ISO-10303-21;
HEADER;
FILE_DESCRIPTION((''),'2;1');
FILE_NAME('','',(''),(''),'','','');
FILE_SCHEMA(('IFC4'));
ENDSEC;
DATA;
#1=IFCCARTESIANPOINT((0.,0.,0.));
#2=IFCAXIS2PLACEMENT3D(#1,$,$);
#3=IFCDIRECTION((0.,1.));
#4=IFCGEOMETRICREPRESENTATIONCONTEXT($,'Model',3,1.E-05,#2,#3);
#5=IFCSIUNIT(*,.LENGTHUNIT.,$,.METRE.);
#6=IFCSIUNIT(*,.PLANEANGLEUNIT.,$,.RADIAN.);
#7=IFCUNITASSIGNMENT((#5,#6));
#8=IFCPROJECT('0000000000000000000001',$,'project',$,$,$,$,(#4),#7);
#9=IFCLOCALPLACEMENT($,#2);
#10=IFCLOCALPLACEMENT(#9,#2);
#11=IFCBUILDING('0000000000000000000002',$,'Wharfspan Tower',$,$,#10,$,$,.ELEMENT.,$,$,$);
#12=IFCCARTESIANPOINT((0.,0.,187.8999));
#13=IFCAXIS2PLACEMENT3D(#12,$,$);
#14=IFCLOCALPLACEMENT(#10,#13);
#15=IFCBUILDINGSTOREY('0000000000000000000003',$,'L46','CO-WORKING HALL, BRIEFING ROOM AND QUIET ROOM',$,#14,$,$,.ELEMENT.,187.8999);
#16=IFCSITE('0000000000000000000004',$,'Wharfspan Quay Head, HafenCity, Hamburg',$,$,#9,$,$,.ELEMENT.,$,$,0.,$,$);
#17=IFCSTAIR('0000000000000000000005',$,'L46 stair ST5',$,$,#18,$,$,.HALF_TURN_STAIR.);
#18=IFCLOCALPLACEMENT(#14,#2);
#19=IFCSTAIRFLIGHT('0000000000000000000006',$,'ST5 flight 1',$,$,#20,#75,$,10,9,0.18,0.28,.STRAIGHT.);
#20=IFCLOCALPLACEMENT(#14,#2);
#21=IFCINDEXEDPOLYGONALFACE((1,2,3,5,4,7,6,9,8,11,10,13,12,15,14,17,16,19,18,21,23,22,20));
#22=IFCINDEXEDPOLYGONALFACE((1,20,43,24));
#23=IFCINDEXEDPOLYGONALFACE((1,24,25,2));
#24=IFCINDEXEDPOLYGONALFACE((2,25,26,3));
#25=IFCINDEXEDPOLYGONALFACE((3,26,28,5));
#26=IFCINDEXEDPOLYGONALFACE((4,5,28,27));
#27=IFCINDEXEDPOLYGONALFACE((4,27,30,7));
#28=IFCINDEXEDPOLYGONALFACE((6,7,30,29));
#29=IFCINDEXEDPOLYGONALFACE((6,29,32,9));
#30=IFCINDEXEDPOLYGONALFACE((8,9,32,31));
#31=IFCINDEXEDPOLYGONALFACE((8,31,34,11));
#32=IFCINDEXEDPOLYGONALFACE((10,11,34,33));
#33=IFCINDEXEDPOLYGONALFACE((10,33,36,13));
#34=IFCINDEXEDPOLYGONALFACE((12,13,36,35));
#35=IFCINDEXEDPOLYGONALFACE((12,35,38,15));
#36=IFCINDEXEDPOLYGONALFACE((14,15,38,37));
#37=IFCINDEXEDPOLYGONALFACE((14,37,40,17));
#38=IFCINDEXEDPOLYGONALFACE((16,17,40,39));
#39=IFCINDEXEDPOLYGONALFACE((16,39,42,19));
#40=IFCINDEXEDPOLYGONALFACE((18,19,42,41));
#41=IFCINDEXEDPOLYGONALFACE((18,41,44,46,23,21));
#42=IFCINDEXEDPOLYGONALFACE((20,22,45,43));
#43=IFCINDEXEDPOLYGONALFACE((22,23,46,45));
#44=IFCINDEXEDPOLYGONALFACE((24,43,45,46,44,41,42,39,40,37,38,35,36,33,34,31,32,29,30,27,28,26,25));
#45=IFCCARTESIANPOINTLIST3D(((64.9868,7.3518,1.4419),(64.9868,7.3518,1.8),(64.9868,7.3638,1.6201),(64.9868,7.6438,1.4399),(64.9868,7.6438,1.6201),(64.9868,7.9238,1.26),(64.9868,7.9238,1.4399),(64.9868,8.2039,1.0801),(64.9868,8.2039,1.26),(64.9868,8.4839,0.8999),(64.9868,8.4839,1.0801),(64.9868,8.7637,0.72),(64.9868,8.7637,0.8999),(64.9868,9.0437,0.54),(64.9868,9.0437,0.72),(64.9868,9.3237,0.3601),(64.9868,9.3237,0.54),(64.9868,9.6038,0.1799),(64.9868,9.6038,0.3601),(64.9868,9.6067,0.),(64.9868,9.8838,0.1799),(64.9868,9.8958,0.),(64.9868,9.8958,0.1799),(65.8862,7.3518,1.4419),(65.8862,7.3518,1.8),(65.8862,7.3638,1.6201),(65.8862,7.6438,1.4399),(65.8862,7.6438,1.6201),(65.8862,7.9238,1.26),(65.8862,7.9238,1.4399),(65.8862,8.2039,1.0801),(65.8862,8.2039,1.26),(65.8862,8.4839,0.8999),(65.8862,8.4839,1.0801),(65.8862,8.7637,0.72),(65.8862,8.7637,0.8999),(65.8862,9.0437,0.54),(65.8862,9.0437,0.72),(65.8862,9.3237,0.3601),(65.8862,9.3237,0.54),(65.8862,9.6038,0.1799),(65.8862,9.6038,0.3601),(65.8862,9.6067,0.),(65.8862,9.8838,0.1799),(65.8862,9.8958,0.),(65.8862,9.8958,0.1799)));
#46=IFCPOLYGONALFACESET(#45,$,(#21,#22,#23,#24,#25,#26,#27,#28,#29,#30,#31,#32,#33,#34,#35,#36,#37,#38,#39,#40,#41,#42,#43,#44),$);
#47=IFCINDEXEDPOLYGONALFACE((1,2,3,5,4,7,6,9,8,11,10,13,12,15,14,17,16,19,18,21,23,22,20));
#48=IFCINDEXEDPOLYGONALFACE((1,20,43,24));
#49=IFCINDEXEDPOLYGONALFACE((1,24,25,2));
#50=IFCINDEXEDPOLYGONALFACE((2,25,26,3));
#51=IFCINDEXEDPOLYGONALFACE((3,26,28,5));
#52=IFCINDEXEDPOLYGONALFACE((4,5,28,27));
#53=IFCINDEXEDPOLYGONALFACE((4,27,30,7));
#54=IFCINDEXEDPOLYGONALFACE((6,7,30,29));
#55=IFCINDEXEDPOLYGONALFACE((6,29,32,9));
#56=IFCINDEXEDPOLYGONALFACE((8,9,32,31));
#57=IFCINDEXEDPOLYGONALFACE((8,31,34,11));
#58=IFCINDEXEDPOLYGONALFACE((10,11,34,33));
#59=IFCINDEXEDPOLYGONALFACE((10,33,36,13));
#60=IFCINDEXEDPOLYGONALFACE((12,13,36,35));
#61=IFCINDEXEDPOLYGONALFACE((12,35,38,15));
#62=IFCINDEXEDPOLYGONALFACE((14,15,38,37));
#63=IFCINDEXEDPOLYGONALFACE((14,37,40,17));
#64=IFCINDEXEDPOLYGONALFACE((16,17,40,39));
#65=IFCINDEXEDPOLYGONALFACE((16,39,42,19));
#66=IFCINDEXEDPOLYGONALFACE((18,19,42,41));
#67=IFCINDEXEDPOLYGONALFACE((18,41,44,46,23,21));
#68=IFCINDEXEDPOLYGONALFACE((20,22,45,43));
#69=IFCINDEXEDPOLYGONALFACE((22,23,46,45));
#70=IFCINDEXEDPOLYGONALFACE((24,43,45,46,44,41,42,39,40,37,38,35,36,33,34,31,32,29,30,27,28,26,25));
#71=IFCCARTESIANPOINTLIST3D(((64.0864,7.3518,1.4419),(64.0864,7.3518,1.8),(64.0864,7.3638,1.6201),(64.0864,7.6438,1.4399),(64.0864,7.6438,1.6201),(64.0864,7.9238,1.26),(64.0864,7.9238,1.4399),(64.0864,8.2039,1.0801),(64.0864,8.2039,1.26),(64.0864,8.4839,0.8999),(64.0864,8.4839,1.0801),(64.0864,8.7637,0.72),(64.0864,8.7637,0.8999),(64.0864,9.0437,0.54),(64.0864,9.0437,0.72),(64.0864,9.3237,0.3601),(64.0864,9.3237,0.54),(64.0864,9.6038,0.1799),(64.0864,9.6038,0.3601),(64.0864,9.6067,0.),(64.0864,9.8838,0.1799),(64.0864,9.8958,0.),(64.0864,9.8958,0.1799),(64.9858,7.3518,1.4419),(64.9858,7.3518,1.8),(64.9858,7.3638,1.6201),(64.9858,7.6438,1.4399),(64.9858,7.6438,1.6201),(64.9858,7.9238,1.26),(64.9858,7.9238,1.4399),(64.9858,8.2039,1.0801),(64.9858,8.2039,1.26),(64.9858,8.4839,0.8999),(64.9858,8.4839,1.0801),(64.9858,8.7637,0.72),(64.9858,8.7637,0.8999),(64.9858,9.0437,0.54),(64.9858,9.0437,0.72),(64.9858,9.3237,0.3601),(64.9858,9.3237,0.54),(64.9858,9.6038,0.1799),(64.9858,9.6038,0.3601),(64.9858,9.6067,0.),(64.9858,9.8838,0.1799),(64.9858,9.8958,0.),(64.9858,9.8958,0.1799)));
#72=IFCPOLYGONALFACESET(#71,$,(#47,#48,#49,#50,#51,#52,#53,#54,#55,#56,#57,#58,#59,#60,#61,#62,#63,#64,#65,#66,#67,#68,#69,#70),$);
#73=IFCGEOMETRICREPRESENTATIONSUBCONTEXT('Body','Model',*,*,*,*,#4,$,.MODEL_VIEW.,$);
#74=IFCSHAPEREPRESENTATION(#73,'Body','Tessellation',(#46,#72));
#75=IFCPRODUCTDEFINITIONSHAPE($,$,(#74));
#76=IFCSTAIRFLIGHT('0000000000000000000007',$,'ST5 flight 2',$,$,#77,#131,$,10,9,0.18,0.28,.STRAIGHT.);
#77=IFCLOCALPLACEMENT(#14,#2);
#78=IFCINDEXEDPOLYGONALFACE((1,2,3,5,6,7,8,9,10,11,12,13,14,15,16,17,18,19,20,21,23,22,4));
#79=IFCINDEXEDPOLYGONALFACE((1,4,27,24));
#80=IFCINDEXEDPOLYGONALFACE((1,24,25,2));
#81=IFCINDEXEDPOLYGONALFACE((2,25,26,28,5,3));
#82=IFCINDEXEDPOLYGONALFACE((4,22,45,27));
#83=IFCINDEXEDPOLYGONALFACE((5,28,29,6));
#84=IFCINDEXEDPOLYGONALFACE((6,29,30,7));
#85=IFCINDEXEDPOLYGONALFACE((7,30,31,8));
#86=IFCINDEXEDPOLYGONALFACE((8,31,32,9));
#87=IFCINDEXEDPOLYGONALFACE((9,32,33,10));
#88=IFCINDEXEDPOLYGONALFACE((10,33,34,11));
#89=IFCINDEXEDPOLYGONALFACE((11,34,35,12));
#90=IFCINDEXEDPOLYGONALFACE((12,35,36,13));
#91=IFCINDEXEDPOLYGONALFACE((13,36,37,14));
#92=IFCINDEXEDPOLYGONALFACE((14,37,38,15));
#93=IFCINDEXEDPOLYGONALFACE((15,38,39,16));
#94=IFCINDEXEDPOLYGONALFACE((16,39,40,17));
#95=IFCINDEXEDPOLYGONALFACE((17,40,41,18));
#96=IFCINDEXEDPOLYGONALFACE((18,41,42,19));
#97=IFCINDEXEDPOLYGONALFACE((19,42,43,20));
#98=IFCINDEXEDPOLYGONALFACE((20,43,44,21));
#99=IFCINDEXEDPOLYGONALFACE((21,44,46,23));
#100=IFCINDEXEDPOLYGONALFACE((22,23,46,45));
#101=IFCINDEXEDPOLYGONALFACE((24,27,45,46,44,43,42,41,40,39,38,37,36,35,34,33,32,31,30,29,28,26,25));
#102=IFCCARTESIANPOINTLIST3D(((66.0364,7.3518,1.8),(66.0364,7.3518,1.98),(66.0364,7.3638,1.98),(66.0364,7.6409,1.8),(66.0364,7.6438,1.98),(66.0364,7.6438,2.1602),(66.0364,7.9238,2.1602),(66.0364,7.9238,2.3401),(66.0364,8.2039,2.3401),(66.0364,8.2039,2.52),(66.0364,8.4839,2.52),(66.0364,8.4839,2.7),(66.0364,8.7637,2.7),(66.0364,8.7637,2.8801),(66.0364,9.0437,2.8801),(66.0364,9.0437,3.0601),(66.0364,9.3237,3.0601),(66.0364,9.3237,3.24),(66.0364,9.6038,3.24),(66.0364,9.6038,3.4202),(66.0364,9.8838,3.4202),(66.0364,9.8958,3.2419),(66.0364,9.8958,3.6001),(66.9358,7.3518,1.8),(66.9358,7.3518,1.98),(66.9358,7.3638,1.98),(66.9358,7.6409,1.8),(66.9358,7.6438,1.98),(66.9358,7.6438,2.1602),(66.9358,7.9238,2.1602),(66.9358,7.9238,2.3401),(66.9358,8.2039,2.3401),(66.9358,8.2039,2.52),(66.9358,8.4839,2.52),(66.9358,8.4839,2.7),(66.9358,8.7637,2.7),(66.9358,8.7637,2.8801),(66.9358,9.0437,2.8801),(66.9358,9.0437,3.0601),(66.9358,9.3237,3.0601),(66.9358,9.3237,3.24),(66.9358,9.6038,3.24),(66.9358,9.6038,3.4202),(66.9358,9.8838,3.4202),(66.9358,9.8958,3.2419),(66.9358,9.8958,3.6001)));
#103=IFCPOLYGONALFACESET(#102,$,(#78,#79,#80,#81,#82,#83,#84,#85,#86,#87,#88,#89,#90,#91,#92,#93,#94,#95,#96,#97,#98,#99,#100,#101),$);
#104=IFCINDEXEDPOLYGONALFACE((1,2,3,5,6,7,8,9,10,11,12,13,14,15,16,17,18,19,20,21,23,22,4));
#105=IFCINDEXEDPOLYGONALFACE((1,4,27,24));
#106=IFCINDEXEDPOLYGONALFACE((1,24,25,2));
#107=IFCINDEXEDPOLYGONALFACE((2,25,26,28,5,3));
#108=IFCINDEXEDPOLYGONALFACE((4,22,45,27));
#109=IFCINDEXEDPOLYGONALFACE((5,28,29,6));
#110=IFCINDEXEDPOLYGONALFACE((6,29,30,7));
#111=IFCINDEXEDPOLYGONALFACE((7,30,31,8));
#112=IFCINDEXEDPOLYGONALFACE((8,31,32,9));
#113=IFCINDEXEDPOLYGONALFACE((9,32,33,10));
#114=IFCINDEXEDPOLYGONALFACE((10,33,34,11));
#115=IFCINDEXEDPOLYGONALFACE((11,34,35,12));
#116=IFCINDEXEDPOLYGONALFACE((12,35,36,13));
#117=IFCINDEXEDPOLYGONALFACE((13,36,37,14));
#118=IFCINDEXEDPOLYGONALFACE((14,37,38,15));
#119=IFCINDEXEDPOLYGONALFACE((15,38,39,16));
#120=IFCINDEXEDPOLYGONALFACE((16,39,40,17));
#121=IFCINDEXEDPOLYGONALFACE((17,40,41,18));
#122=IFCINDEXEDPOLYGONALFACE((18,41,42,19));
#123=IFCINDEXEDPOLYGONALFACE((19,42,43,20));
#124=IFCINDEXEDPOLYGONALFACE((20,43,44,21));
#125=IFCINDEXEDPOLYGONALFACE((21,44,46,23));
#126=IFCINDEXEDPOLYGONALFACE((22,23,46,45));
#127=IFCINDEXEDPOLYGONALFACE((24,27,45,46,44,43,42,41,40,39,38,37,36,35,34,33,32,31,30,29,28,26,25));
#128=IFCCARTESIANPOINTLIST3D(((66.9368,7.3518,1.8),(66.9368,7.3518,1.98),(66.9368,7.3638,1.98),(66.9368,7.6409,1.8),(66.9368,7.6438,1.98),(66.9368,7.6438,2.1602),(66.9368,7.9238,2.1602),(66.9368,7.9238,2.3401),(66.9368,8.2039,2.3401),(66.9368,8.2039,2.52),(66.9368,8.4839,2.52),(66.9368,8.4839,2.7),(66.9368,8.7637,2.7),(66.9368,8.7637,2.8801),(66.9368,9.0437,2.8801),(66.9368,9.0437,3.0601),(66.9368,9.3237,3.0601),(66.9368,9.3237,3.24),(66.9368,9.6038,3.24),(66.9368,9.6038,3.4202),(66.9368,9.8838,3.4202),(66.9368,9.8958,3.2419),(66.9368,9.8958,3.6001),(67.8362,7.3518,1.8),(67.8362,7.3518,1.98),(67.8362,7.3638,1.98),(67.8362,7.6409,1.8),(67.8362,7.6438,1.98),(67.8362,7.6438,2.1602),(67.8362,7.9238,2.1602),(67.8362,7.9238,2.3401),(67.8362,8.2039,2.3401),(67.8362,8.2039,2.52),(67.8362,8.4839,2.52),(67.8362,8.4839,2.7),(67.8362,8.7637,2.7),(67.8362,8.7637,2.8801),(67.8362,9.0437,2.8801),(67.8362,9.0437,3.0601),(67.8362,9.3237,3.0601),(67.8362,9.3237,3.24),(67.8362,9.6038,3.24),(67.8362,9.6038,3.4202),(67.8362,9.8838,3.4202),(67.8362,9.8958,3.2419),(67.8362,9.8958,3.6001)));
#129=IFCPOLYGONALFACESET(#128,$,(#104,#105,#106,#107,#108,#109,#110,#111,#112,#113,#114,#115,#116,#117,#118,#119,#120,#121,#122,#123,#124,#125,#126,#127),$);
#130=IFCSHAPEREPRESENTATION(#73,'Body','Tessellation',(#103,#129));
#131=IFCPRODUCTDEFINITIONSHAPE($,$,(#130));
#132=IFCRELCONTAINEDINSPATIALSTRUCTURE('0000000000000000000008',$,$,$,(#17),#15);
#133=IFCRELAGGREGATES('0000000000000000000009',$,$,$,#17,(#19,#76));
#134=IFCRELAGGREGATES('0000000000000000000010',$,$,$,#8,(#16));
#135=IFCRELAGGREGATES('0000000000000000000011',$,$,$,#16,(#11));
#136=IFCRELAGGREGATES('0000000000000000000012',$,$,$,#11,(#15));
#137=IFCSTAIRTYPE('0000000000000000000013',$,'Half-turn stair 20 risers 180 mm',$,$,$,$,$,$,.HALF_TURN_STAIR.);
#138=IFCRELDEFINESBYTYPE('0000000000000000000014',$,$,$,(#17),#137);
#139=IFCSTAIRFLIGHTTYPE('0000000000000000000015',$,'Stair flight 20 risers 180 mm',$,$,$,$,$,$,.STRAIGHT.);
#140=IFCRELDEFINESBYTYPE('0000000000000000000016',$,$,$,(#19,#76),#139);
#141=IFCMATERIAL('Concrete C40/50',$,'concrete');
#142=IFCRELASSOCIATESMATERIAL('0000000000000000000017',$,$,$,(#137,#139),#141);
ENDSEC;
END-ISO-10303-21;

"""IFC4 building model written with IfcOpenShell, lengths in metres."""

from ifc_helpers import new_model, si_unit, direction, frame, origin, place, context, subcontext, project, spatial, polyline, outline, extrude, material, type_object, element, aggregate, save


model = new_model("IFC4")

# Units and contexts
model_context = context("Model", 3, precision=1e-05, world=origin(), true_north=direction((0.0, 1.0)))
body_context = subcontext(model_context, "Body", "Model", "MODEL_VIEW")
ifc_project = project(units=[si_unit("LENGTHUNIT", "METRE"), si_unit("PLANEANGLEUNIT", "RADIAN")], contexts=[model_context])

# Site, building, storey
site_placement = place(None, origin())
site = spatial("IfcSite", under=ifc_project, at=site_placement, Name="Wharfspan Quay Head, HafenCity, Hamburg", CompositionType="ELEMENT", RefElevation=0.0)
building_placement = place(site_placement, origin())
building = spatial("IfcBuilding", under=site, at=building_placement, Name="Wharfspan Tower", CompositionType="ELEMENT")
storey_placement = place(building_placement, frame((0.0, 0.0, 187.8999)))
storey = spatial("IfcBuildingStorey", under=building, at=storey_placement, Name="L46", Description="CO-WORKING HALL, BRIEFING ROOM AND QUIET ROOM", CompositionType="ELEMENT", Elevation=187.8999)

# Shared definitions
ifc_material_1 = material(Name="Concrete C40/50", Category="concrete")

# Stair, stair flights
stair_type = type_object("IfcStairType", Name="Half-turn stair 20 risers 180 mm", PredefinedType="HALF_TURN_STAIR", material=ifc_material_1)
stair_placement = place(storey_placement, origin())
stair = element("IfcStair", 1, at=stair_placement, inside=storey, type_object=stair_type, Name="L46 stair ST5", PredefinedType="HALF_TURN_STAIR")
stair_flight_type = type_object("IfcStairFlightType", Name="Stair flight 20 risers 180 mm", PredefinedType="STRAIGHT", material=ifc_material_1)
stair_flight_1_placement = place(storey_placement, frame((64.9863, 9.8838, 0.0), z_axis=(0.0, 0.0, 1.0), x_axis=(0.0, -1.0, 0.0)))
stair_flight_1 = element("IfcStairFlight", 2, at=stair_flight_1_placement, type_object=stair_flight_type, Name="ST5 flight 1", NumberOfRisers=10, NumberOfTreads=9, PredefinedType="STRAIGHT", RiserHeight=0.18, TreadLength=0.28, context=body_context, shape_type="SweptSolid", body=[
    extrude(outline(polyline([(-0.012, 0.0), (-0.012, 0.1799), (0.0, 0.1799), (0.28, 0.1799), (0.28, 0.3601), (0.5601, 0.3601), (0.5601, 0.54), (0.8401, 0.54), (0.8401, 0.72), (1.1201, 0.72), (1.1201, 0.8999), (1.3999, 0.8999), (1.3999, 1.0801), (1.6799, 1.0801), (1.6799, 1.26), (1.96, 1.26), (1.96, 1.4399), (2.24, 1.4399), (2.24, 1.6201), (2.52, 1.6201), (2.532, 1.8), (2.532, 1.4419), (0.2771, 0.0), (-0.012, 0.0)])), frame((0.0, 0.8999, 0.0), z_axis=(0.0, -1.0, 0.0), x_axis=(1.0, 0.0, 0.0)), (0.0, 0.0, 1.0), 0.8994),
    extrude(outline(polyline([(-0.012, 0.0), (-0.012, 0.1799), (0.0, 0.1799), (0.28, 0.1799), (0.28, 0.3601), (0.5601, 0.3601), (0.5601, 0.54), (0.8401, 0.54), (0.8401, 0.72), (1.1201, 0.72), (1.1201, 0.8999), (1.3999, 0.8999), (1.3999, 1.0801), (1.6799, 1.0801), (1.6799, 1.26), (1.96, 1.26), (1.96, 1.4399), (2.24, 1.4399), (2.24, 1.6201), (2.52, 1.6201), (2.532, 1.8), (2.532, 1.4419), (0.2771, 0.0), (-0.012, 0.0)])), frame((0.0, -0.0005, 0.0), z_axis=(0.0, -1.0, 0.0), x_axis=(1.0, 0.0, 0.0)), (0.0, 0.0, 1.0), 0.8994),
])
stair_flight_2_placement = place(storey_placement, frame((66.9363, 7.3638, 1.8), z_axis=(0.0, 0.0, 1.0), x_axis=(0.0, 1.0, 0.0)))
stair_flight_2 = element("IfcStairFlight", 3, at=stair_flight_2_placement, type_object=stair_flight_type, Name="ST5 flight 2", NumberOfRisers=10, NumberOfTreads=9, PredefinedType="STRAIGHT", RiserHeight=0.18, TreadLength=0.28, context=body_context, shape_type="SweptSolid", body=[
    extrude(outline(polyline([(-0.012, 0.0), (-0.012, 0.1799), (0.0, 0.1799), (0.28, 0.1799), (0.28, 0.3601), (0.5601, 0.3601), (0.5601, 0.54), (0.8401, 0.54), (0.8401, 0.72), (1.1201, 0.72), (1.1201, 0.8999), (1.3999, 0.8999), (1.3999, 1.0801), (1.6799, 1.0801), (1.6799, 1.26), (1.96, 1.26), (1.96, 1.4399), (2.24, 1.4399), (2.24, 1.6201), (2.52, 1.6201), (2.532, 1.8), (2.532, 1.4419), (0.2771, 0.0), (-0.012, 0.0)])), frame((0.0, 0.8999, 0.0), z_axis=(0.0, -1.0, 0.0), x_axis=(1.0, 0.0, 0.0)), (0.0, 0.0, 1.0), 0.8994),
    extrude(outline(polyline([(-0.012, 0.0), (-0.012, 0.1799), (0.0, 0.1799), (0.28, 0.1799), (0.28, 0.3601), (0.5601, 0.3601), (0.5601, 0.54), (0.8401, 0.54), (0.8401, 0.72), (1.1201, 0.72), (1.1201, 0.8999), (1.3999, 0.8999), (1.3999, 1.0801), (1.6799, 1.0801), (1.6799, 1.26), (1.96, 1.26), (1.96, 1.4399), (2.24, 1.4399), (2.24, 1.6201), (2.52, 1.6201), (2.532, 1.8), (2.532, 1.4419), (0.2771, 0.0), (-0.012, 0.0)])), frame((0.0, -0.0005, 0.0), z_axis=(0.0, -1.0, 0.0), x_axis=(1.0, 0.0, 0.0)), (0.0, 0.0, 1.0), 0.8994),
])
aggregate(stair, [stair_flight_1, stair_flight_2])

save(model, "model.ifc")
